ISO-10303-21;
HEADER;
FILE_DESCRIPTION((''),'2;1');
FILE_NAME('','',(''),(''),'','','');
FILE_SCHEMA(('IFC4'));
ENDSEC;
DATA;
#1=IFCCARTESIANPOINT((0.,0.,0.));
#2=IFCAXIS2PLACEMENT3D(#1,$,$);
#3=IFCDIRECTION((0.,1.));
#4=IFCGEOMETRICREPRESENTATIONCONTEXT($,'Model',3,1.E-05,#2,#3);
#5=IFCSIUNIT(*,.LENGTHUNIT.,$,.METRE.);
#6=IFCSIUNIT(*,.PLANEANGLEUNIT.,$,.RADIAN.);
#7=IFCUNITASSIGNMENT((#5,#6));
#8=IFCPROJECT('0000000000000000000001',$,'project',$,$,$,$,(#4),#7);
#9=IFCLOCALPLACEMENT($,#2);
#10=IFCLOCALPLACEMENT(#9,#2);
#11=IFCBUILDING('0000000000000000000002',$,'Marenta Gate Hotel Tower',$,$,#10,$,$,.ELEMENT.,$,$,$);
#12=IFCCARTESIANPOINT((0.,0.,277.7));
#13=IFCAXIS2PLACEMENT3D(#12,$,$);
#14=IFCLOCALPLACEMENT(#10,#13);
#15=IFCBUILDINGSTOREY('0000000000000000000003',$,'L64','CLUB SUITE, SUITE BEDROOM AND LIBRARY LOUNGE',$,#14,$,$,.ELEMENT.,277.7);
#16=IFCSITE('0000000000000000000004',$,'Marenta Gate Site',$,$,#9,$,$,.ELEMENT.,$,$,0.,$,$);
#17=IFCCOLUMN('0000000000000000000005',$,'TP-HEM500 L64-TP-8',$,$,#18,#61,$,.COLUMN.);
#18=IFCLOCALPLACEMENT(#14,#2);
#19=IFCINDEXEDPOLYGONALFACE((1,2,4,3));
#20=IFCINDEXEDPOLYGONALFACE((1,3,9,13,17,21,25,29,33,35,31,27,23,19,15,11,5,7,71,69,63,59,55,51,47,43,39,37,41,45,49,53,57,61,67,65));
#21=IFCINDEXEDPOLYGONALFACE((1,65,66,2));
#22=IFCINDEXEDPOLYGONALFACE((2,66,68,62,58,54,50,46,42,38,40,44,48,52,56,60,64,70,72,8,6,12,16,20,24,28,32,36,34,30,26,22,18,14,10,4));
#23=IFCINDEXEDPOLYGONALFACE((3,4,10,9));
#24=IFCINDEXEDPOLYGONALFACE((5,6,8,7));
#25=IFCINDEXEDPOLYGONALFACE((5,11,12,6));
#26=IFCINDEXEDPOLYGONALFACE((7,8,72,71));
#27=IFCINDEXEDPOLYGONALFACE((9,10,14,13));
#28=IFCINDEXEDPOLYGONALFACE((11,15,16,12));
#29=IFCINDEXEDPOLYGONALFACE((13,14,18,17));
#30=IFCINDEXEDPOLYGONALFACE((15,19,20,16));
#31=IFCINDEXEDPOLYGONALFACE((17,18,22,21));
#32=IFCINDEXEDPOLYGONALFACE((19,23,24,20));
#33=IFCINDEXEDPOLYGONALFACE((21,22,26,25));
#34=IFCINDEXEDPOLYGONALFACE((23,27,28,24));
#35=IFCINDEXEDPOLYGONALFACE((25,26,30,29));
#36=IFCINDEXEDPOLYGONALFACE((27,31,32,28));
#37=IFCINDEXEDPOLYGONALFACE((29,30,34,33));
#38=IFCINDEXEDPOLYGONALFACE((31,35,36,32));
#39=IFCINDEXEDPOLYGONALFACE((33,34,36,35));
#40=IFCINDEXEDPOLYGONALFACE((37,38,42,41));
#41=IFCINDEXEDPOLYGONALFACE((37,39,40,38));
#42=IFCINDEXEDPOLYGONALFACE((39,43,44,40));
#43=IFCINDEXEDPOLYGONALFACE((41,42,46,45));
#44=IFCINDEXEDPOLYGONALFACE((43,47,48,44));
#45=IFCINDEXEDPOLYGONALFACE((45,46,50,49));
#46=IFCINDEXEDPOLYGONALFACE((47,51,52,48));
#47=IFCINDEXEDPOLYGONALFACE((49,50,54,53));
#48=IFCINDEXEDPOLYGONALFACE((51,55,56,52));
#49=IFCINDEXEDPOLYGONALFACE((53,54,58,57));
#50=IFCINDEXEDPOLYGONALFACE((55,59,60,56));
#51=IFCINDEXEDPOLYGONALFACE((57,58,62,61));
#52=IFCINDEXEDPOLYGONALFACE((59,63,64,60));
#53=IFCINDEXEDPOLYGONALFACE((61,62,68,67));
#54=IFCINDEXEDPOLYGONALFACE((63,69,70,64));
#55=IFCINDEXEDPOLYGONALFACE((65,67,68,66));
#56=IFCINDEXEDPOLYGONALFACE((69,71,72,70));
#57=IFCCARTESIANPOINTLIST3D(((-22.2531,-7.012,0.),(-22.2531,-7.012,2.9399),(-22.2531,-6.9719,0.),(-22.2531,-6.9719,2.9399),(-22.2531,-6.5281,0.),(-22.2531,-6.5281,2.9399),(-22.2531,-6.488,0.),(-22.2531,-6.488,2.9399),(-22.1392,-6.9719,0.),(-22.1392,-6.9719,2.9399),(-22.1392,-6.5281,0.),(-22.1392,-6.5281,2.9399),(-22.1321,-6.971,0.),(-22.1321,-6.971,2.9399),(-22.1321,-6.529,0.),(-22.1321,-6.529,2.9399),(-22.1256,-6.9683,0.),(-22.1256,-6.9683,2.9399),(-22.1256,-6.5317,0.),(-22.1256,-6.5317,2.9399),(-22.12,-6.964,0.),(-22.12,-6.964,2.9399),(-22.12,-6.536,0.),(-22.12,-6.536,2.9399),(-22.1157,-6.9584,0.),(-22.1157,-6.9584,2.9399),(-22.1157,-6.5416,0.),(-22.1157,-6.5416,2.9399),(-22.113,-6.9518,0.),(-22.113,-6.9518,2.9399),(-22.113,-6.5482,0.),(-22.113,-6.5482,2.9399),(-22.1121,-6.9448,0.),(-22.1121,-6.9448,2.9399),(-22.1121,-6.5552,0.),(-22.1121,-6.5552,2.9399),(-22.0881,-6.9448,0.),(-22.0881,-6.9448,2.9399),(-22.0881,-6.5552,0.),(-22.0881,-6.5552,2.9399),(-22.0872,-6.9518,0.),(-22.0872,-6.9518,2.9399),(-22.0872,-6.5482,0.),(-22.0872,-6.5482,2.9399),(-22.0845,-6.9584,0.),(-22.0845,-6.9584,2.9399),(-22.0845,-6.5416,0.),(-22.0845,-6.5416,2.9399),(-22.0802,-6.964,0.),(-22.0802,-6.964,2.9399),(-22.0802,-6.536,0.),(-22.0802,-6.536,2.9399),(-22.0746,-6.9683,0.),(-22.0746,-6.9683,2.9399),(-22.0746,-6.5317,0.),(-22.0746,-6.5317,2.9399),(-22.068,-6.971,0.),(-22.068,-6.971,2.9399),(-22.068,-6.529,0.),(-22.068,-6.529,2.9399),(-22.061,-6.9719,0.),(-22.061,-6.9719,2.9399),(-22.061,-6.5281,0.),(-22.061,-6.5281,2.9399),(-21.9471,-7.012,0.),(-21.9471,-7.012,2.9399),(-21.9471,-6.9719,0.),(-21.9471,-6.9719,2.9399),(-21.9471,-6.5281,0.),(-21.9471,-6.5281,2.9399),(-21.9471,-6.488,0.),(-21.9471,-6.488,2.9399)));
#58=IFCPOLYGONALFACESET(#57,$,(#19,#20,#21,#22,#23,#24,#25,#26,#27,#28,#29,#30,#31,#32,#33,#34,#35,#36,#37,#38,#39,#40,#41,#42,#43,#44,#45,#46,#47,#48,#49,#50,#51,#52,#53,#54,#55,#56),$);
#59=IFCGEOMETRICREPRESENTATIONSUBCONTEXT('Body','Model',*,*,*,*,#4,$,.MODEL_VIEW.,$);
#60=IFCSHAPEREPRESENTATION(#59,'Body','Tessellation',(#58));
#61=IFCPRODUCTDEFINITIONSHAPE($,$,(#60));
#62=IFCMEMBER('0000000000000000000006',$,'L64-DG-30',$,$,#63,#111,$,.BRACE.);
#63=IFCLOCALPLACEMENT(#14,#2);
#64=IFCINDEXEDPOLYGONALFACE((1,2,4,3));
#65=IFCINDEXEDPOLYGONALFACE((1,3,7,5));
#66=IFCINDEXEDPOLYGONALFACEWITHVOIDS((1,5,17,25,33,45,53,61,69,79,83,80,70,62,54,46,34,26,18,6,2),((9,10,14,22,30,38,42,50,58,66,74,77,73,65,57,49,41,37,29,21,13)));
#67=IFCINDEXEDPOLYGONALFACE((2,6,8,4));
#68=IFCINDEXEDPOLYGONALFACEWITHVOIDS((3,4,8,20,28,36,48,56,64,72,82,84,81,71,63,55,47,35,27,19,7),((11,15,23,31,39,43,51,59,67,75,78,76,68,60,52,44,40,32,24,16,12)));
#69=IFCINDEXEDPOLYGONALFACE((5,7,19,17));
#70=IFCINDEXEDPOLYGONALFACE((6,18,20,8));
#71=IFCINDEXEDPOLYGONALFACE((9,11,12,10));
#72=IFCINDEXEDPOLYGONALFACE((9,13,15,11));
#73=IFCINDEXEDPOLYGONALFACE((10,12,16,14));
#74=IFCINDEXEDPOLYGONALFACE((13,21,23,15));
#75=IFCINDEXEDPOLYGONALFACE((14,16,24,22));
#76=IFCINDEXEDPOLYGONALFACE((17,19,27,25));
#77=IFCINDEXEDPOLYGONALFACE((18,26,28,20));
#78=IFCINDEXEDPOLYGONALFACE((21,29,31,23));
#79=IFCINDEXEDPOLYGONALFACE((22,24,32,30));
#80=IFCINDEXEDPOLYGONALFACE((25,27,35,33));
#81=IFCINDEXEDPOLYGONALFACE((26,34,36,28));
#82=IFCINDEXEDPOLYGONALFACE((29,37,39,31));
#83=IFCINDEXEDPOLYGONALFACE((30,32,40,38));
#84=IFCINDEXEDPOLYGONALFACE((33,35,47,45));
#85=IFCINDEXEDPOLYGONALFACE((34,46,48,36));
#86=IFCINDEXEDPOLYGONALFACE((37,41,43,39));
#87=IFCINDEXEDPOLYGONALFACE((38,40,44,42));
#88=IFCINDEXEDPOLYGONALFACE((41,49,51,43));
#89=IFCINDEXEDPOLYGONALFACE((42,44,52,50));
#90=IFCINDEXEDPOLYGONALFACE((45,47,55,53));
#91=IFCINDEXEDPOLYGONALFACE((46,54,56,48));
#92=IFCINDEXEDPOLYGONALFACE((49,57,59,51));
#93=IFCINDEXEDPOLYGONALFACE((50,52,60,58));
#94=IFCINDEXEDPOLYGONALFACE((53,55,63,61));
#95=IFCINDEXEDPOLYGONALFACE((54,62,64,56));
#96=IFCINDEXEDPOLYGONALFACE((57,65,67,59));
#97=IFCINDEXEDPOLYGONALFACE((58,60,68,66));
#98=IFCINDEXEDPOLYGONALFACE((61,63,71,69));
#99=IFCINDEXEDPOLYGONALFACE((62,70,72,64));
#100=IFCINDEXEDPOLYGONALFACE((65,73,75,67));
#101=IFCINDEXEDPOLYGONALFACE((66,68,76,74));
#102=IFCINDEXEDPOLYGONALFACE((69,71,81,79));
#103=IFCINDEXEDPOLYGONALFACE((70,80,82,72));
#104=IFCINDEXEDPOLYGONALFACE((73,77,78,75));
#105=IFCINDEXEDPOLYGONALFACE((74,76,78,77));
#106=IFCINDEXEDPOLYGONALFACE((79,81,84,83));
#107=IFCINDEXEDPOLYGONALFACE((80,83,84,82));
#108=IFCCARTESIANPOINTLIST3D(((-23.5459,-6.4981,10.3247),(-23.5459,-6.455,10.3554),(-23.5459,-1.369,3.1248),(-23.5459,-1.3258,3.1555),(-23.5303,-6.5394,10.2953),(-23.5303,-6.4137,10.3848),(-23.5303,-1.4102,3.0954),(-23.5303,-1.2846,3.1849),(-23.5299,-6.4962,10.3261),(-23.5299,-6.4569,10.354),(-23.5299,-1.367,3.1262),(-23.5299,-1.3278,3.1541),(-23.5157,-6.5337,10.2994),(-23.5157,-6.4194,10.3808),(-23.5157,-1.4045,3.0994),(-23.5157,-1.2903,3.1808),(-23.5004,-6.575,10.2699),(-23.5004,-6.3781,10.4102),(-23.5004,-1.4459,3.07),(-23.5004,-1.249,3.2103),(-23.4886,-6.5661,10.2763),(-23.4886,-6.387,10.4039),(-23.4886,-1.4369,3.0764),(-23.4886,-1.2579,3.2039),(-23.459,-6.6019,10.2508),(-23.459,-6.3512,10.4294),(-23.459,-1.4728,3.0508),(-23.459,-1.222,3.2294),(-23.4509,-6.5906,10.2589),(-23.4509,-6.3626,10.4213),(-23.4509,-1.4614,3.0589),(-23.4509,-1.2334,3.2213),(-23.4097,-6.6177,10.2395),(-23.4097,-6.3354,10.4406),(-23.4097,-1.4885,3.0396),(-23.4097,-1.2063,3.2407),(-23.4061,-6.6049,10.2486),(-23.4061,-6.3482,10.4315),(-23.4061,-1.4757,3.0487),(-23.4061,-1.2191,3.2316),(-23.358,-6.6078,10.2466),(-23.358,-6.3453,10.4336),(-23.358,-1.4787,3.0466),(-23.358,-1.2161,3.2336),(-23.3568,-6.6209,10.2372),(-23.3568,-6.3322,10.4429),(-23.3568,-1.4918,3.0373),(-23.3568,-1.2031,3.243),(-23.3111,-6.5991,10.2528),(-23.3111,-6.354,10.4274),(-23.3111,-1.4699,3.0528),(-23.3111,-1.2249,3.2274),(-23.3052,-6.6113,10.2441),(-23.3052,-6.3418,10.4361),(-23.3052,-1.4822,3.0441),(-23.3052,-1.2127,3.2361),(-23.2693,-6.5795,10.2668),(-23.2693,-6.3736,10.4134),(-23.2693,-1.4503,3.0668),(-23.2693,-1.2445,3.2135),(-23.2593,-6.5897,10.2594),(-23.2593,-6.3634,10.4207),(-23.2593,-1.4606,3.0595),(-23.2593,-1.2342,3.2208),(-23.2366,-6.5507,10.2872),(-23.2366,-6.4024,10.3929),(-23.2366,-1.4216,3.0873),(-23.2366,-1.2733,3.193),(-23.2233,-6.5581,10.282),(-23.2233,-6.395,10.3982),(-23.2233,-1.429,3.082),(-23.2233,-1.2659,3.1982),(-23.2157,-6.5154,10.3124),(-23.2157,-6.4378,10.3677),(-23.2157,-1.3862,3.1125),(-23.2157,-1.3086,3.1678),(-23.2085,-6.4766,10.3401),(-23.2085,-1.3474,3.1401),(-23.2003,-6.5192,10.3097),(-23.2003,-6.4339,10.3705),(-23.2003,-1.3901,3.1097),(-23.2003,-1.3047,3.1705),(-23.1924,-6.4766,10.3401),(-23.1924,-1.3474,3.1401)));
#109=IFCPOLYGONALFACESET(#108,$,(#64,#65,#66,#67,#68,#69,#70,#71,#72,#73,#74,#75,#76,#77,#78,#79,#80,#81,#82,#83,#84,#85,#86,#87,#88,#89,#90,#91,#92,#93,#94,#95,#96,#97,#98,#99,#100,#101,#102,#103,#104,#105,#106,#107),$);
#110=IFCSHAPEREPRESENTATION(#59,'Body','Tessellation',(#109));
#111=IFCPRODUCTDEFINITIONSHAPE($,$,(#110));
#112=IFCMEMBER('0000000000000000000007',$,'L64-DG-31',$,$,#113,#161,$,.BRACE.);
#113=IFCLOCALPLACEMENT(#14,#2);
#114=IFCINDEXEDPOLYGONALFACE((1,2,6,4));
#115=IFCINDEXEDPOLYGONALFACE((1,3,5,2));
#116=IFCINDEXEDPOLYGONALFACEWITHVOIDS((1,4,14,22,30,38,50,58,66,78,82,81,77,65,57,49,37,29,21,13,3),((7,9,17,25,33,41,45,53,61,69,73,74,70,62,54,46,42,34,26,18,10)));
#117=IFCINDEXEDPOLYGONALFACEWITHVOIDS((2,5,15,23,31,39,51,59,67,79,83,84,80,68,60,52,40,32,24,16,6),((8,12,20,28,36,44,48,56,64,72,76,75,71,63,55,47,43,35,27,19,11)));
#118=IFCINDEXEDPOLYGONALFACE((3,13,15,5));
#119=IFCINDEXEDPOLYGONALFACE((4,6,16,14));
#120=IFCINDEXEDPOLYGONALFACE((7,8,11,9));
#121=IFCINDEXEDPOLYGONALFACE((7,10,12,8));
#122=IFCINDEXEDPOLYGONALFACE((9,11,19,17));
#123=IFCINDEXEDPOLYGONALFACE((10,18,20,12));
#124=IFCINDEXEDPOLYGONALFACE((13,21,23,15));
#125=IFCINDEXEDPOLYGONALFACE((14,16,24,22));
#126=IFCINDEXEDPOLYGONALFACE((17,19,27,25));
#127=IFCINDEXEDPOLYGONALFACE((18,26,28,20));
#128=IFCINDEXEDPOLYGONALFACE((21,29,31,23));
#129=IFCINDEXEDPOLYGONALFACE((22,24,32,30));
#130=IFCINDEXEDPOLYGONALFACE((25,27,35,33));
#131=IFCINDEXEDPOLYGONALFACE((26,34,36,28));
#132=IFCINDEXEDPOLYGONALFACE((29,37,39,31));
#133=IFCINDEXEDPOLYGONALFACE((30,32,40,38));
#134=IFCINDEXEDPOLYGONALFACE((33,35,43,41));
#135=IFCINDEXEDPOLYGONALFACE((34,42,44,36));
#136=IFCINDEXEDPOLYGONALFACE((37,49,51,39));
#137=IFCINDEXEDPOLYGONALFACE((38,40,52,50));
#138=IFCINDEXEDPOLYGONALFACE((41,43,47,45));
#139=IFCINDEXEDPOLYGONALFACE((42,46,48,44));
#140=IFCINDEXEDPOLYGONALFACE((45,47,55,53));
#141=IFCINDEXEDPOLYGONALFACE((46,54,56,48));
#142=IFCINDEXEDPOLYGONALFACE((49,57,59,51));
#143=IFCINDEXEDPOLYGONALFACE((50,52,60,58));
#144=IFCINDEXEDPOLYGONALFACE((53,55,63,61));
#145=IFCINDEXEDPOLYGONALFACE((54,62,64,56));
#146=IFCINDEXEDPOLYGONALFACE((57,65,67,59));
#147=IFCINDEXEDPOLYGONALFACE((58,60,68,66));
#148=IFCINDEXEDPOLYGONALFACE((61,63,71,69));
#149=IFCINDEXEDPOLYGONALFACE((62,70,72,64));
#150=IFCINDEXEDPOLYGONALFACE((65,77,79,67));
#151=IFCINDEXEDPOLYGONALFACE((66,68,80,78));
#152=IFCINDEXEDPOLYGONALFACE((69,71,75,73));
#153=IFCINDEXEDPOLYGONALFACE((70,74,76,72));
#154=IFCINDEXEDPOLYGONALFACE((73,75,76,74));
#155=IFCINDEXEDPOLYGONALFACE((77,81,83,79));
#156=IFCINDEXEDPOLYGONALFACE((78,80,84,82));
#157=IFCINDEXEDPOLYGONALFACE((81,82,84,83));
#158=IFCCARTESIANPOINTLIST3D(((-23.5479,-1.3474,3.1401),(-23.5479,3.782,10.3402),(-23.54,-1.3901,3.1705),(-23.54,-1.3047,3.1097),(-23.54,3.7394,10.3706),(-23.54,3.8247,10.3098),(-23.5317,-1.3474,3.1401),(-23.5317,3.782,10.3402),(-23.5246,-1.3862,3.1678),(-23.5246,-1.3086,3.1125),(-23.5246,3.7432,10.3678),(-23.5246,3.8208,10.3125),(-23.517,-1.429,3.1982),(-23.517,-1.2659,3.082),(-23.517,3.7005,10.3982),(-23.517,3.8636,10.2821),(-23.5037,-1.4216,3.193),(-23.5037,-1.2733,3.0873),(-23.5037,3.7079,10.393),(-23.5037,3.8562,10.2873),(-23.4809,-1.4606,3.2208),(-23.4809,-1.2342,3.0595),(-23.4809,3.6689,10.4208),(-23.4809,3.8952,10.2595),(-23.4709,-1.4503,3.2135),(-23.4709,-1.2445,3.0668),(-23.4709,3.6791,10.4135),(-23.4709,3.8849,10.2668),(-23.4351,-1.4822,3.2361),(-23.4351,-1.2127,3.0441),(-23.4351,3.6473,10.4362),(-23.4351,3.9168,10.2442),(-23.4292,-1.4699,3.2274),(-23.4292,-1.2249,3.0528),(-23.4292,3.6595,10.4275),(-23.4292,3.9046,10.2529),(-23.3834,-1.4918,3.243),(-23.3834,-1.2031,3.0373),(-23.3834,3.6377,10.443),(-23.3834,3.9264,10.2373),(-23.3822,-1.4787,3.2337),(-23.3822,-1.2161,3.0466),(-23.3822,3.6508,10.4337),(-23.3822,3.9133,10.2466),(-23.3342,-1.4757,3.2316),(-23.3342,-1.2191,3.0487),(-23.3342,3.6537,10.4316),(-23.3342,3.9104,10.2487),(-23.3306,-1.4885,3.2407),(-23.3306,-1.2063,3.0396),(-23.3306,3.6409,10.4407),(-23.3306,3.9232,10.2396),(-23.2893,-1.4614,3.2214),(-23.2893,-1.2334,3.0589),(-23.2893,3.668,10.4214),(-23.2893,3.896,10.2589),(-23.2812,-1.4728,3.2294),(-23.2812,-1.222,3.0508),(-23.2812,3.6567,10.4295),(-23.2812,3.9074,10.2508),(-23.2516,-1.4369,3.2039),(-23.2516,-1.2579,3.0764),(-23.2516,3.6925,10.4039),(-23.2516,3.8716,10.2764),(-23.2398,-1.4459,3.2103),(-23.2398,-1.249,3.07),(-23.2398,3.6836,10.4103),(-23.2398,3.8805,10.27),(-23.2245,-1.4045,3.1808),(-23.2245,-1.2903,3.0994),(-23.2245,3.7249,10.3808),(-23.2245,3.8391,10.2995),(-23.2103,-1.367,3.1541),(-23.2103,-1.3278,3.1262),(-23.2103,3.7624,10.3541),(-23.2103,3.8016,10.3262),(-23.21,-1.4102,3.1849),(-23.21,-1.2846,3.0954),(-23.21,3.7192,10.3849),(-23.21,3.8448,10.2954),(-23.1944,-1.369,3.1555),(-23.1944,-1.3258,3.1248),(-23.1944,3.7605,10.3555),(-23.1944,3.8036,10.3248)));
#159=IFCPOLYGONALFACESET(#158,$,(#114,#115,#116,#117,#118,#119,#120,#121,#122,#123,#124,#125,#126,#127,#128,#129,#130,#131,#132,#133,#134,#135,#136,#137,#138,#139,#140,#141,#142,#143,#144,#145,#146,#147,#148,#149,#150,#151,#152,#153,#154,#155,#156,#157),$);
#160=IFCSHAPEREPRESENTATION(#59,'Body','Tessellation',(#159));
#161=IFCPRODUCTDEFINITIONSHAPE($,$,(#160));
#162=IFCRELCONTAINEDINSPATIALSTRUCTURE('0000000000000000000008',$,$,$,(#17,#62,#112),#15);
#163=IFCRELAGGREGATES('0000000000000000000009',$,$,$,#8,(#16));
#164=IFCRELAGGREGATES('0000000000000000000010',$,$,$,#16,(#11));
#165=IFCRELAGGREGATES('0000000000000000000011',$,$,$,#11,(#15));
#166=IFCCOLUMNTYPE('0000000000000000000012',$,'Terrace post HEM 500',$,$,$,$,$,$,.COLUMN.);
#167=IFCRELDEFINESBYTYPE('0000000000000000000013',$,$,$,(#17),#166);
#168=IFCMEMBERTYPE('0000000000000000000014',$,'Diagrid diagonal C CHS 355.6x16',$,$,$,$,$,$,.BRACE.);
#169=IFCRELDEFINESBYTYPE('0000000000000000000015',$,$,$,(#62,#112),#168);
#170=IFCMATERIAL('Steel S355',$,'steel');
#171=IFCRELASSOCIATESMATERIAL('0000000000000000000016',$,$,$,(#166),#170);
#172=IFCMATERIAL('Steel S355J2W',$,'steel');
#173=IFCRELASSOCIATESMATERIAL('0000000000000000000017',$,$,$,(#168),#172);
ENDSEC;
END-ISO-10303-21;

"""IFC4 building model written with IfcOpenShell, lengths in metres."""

from ifc_helpers import new_model, si_unit, direction, frame, origin, origin_2d, place, context, subcontext, project, spatial, hollow_circle, i_section, extrude, material, material_profile, profile_set, type_object, element, save


model = new_model("IFC4")

# Units and contexts
model_context = context("Model", 3, precision=1e-05, world=origin(), true_north=direction((0.0, 1.0)))
body_context = subcontext(model_context, "Body", "Model", "MODEL_VIEW")
ifc_project = project(units=[si_unit("LENGTHUNIT", "METRE"), si_unit("PLANEANGLEUNIT", "RADIAN")], contexts=[model_context])

# Site, building, storey
site_placement = place(None, origin())
site = spatial("IfcSite", under=ifc_project, at=site_placement, Name="Marenta Gate Site", CompositionType="ELEMENT", RefElevation=0.0)
building_placement = place(site_placement, origin())
building = spatial("IfcBuilding", under=site, at=building_placement, Name="Marenta Gate Hotel Tower", CompositionType="ELEMENT")
storey_placement = place(building_placement, frame((0.0, 0.0, 277.7)))
storey = spatial("IfcBuildingStorey", under=building, at=storey_placement, Name="L64", Description="CLUB SUITE, SUITE BEDROOM AND LIBRARY LOUNGE", CompositionType="ELEMENT", Elevation=277.7)

# Column
ifc_material_1 = material(Name="Steel S355", Category="steel")
ifc_material_profile_1 = material_profile(ifc_material_1, i_section(OverallWidth=0.3059, OverallDepth=0.5239, WebThickness=0.0239, FlangeThickness=0.04, FilletRadius=0.0271, at=origin_2d()), Name="HEM 500")
ifc_profile_set_1 = profile_set([ifc_material_profile_1], Name="Steel S355")
column_type = type_object("IfcColumnType", Name="Terrace post HEM 500", PredefinedType="COLUMN", material=ifc_profile_set_1)
column_placement = place(storey_placement, frame((-22.1001, -6.75, 0.0), z_axis=(0.0, 0.0, 1.0), x_axis=(1.0, 0.0, 0.0)))
element("IfcColumn", 1, at=column_placement, inside=storey, type_object=column_type, Name="TP-HEM500 L64-TP-8", PredefinedType="COLUMN", context=body_context, shape_type="SweptSolid", body=[
    extrude(i_section(OverallWidth=0.3059, OverallDepth=0.5239, WebThickness=0.0239, FlangeThickness=0.04, FilletRadius=0.0271, at=origin_2d()), origin(), (0.0, 0.0, 1.0), 2.9399),
])

# Members
ifc_material_2 = material(Name="Steel S355J2W", Category="steel")
ifc_material_profile_2 = material_profile(ifc_material_2, hollow_circle(Radius=0.1777, WallThickness=0.0161, at=origin_2d()), Name="CHS 355.6x16")
ifc_profile_set_2 = profile_set([ifc_material_profile_2], Name="Steel S355J2W")
member_type_1 = type_object("IfcMemberType", Name="Diagrid diagonal C CHS 355.6x16", PredefinedType="BRACE", material=ifc_profile_set_2)
member_1_placement = place(storey_placement, frame((-23.3701, -1.3474, 3.1401), z_axis=(0.0, -0.580214, 0.814464), x_axis=(1.0, 0.0, 0.0)))
element("IfcMember", 2, at=member_1_placement, inside=storey, type_object=member_type_1, Name="L64-DG-30", PredefinedType="BRACE", context=body_context, shape_type="SweptSolid", body=[
    extrude(hollow_circle(Radius=0.1777, WallThickness=0.0161, at=origin_2d()), origin(), (0.0, 0.0, 1.0), 8.8401),
])
member_2_placement = place(storey_placement, frame((-23.3701, -1.3474, 3.1401), z_axis=(0.0, 0.580232, 0.814451), x_axis=(-1.0, 0.0, 0.0)))
element("IfcMember", 3, at=member_2_placement, inside=storey, type_object=member_type_1, Name="L64-DG-31", PredefinedType="BRACE", context=body_context, shape_type="SweptSolid", body=[
    extrude(hollow_circle(Radius=0.1777, WallThickness=0.0161, at=origin_2d()), origin(), (0.0, 0.0, 1.0), 8.8403),
])

save(model, "model.ifc")
